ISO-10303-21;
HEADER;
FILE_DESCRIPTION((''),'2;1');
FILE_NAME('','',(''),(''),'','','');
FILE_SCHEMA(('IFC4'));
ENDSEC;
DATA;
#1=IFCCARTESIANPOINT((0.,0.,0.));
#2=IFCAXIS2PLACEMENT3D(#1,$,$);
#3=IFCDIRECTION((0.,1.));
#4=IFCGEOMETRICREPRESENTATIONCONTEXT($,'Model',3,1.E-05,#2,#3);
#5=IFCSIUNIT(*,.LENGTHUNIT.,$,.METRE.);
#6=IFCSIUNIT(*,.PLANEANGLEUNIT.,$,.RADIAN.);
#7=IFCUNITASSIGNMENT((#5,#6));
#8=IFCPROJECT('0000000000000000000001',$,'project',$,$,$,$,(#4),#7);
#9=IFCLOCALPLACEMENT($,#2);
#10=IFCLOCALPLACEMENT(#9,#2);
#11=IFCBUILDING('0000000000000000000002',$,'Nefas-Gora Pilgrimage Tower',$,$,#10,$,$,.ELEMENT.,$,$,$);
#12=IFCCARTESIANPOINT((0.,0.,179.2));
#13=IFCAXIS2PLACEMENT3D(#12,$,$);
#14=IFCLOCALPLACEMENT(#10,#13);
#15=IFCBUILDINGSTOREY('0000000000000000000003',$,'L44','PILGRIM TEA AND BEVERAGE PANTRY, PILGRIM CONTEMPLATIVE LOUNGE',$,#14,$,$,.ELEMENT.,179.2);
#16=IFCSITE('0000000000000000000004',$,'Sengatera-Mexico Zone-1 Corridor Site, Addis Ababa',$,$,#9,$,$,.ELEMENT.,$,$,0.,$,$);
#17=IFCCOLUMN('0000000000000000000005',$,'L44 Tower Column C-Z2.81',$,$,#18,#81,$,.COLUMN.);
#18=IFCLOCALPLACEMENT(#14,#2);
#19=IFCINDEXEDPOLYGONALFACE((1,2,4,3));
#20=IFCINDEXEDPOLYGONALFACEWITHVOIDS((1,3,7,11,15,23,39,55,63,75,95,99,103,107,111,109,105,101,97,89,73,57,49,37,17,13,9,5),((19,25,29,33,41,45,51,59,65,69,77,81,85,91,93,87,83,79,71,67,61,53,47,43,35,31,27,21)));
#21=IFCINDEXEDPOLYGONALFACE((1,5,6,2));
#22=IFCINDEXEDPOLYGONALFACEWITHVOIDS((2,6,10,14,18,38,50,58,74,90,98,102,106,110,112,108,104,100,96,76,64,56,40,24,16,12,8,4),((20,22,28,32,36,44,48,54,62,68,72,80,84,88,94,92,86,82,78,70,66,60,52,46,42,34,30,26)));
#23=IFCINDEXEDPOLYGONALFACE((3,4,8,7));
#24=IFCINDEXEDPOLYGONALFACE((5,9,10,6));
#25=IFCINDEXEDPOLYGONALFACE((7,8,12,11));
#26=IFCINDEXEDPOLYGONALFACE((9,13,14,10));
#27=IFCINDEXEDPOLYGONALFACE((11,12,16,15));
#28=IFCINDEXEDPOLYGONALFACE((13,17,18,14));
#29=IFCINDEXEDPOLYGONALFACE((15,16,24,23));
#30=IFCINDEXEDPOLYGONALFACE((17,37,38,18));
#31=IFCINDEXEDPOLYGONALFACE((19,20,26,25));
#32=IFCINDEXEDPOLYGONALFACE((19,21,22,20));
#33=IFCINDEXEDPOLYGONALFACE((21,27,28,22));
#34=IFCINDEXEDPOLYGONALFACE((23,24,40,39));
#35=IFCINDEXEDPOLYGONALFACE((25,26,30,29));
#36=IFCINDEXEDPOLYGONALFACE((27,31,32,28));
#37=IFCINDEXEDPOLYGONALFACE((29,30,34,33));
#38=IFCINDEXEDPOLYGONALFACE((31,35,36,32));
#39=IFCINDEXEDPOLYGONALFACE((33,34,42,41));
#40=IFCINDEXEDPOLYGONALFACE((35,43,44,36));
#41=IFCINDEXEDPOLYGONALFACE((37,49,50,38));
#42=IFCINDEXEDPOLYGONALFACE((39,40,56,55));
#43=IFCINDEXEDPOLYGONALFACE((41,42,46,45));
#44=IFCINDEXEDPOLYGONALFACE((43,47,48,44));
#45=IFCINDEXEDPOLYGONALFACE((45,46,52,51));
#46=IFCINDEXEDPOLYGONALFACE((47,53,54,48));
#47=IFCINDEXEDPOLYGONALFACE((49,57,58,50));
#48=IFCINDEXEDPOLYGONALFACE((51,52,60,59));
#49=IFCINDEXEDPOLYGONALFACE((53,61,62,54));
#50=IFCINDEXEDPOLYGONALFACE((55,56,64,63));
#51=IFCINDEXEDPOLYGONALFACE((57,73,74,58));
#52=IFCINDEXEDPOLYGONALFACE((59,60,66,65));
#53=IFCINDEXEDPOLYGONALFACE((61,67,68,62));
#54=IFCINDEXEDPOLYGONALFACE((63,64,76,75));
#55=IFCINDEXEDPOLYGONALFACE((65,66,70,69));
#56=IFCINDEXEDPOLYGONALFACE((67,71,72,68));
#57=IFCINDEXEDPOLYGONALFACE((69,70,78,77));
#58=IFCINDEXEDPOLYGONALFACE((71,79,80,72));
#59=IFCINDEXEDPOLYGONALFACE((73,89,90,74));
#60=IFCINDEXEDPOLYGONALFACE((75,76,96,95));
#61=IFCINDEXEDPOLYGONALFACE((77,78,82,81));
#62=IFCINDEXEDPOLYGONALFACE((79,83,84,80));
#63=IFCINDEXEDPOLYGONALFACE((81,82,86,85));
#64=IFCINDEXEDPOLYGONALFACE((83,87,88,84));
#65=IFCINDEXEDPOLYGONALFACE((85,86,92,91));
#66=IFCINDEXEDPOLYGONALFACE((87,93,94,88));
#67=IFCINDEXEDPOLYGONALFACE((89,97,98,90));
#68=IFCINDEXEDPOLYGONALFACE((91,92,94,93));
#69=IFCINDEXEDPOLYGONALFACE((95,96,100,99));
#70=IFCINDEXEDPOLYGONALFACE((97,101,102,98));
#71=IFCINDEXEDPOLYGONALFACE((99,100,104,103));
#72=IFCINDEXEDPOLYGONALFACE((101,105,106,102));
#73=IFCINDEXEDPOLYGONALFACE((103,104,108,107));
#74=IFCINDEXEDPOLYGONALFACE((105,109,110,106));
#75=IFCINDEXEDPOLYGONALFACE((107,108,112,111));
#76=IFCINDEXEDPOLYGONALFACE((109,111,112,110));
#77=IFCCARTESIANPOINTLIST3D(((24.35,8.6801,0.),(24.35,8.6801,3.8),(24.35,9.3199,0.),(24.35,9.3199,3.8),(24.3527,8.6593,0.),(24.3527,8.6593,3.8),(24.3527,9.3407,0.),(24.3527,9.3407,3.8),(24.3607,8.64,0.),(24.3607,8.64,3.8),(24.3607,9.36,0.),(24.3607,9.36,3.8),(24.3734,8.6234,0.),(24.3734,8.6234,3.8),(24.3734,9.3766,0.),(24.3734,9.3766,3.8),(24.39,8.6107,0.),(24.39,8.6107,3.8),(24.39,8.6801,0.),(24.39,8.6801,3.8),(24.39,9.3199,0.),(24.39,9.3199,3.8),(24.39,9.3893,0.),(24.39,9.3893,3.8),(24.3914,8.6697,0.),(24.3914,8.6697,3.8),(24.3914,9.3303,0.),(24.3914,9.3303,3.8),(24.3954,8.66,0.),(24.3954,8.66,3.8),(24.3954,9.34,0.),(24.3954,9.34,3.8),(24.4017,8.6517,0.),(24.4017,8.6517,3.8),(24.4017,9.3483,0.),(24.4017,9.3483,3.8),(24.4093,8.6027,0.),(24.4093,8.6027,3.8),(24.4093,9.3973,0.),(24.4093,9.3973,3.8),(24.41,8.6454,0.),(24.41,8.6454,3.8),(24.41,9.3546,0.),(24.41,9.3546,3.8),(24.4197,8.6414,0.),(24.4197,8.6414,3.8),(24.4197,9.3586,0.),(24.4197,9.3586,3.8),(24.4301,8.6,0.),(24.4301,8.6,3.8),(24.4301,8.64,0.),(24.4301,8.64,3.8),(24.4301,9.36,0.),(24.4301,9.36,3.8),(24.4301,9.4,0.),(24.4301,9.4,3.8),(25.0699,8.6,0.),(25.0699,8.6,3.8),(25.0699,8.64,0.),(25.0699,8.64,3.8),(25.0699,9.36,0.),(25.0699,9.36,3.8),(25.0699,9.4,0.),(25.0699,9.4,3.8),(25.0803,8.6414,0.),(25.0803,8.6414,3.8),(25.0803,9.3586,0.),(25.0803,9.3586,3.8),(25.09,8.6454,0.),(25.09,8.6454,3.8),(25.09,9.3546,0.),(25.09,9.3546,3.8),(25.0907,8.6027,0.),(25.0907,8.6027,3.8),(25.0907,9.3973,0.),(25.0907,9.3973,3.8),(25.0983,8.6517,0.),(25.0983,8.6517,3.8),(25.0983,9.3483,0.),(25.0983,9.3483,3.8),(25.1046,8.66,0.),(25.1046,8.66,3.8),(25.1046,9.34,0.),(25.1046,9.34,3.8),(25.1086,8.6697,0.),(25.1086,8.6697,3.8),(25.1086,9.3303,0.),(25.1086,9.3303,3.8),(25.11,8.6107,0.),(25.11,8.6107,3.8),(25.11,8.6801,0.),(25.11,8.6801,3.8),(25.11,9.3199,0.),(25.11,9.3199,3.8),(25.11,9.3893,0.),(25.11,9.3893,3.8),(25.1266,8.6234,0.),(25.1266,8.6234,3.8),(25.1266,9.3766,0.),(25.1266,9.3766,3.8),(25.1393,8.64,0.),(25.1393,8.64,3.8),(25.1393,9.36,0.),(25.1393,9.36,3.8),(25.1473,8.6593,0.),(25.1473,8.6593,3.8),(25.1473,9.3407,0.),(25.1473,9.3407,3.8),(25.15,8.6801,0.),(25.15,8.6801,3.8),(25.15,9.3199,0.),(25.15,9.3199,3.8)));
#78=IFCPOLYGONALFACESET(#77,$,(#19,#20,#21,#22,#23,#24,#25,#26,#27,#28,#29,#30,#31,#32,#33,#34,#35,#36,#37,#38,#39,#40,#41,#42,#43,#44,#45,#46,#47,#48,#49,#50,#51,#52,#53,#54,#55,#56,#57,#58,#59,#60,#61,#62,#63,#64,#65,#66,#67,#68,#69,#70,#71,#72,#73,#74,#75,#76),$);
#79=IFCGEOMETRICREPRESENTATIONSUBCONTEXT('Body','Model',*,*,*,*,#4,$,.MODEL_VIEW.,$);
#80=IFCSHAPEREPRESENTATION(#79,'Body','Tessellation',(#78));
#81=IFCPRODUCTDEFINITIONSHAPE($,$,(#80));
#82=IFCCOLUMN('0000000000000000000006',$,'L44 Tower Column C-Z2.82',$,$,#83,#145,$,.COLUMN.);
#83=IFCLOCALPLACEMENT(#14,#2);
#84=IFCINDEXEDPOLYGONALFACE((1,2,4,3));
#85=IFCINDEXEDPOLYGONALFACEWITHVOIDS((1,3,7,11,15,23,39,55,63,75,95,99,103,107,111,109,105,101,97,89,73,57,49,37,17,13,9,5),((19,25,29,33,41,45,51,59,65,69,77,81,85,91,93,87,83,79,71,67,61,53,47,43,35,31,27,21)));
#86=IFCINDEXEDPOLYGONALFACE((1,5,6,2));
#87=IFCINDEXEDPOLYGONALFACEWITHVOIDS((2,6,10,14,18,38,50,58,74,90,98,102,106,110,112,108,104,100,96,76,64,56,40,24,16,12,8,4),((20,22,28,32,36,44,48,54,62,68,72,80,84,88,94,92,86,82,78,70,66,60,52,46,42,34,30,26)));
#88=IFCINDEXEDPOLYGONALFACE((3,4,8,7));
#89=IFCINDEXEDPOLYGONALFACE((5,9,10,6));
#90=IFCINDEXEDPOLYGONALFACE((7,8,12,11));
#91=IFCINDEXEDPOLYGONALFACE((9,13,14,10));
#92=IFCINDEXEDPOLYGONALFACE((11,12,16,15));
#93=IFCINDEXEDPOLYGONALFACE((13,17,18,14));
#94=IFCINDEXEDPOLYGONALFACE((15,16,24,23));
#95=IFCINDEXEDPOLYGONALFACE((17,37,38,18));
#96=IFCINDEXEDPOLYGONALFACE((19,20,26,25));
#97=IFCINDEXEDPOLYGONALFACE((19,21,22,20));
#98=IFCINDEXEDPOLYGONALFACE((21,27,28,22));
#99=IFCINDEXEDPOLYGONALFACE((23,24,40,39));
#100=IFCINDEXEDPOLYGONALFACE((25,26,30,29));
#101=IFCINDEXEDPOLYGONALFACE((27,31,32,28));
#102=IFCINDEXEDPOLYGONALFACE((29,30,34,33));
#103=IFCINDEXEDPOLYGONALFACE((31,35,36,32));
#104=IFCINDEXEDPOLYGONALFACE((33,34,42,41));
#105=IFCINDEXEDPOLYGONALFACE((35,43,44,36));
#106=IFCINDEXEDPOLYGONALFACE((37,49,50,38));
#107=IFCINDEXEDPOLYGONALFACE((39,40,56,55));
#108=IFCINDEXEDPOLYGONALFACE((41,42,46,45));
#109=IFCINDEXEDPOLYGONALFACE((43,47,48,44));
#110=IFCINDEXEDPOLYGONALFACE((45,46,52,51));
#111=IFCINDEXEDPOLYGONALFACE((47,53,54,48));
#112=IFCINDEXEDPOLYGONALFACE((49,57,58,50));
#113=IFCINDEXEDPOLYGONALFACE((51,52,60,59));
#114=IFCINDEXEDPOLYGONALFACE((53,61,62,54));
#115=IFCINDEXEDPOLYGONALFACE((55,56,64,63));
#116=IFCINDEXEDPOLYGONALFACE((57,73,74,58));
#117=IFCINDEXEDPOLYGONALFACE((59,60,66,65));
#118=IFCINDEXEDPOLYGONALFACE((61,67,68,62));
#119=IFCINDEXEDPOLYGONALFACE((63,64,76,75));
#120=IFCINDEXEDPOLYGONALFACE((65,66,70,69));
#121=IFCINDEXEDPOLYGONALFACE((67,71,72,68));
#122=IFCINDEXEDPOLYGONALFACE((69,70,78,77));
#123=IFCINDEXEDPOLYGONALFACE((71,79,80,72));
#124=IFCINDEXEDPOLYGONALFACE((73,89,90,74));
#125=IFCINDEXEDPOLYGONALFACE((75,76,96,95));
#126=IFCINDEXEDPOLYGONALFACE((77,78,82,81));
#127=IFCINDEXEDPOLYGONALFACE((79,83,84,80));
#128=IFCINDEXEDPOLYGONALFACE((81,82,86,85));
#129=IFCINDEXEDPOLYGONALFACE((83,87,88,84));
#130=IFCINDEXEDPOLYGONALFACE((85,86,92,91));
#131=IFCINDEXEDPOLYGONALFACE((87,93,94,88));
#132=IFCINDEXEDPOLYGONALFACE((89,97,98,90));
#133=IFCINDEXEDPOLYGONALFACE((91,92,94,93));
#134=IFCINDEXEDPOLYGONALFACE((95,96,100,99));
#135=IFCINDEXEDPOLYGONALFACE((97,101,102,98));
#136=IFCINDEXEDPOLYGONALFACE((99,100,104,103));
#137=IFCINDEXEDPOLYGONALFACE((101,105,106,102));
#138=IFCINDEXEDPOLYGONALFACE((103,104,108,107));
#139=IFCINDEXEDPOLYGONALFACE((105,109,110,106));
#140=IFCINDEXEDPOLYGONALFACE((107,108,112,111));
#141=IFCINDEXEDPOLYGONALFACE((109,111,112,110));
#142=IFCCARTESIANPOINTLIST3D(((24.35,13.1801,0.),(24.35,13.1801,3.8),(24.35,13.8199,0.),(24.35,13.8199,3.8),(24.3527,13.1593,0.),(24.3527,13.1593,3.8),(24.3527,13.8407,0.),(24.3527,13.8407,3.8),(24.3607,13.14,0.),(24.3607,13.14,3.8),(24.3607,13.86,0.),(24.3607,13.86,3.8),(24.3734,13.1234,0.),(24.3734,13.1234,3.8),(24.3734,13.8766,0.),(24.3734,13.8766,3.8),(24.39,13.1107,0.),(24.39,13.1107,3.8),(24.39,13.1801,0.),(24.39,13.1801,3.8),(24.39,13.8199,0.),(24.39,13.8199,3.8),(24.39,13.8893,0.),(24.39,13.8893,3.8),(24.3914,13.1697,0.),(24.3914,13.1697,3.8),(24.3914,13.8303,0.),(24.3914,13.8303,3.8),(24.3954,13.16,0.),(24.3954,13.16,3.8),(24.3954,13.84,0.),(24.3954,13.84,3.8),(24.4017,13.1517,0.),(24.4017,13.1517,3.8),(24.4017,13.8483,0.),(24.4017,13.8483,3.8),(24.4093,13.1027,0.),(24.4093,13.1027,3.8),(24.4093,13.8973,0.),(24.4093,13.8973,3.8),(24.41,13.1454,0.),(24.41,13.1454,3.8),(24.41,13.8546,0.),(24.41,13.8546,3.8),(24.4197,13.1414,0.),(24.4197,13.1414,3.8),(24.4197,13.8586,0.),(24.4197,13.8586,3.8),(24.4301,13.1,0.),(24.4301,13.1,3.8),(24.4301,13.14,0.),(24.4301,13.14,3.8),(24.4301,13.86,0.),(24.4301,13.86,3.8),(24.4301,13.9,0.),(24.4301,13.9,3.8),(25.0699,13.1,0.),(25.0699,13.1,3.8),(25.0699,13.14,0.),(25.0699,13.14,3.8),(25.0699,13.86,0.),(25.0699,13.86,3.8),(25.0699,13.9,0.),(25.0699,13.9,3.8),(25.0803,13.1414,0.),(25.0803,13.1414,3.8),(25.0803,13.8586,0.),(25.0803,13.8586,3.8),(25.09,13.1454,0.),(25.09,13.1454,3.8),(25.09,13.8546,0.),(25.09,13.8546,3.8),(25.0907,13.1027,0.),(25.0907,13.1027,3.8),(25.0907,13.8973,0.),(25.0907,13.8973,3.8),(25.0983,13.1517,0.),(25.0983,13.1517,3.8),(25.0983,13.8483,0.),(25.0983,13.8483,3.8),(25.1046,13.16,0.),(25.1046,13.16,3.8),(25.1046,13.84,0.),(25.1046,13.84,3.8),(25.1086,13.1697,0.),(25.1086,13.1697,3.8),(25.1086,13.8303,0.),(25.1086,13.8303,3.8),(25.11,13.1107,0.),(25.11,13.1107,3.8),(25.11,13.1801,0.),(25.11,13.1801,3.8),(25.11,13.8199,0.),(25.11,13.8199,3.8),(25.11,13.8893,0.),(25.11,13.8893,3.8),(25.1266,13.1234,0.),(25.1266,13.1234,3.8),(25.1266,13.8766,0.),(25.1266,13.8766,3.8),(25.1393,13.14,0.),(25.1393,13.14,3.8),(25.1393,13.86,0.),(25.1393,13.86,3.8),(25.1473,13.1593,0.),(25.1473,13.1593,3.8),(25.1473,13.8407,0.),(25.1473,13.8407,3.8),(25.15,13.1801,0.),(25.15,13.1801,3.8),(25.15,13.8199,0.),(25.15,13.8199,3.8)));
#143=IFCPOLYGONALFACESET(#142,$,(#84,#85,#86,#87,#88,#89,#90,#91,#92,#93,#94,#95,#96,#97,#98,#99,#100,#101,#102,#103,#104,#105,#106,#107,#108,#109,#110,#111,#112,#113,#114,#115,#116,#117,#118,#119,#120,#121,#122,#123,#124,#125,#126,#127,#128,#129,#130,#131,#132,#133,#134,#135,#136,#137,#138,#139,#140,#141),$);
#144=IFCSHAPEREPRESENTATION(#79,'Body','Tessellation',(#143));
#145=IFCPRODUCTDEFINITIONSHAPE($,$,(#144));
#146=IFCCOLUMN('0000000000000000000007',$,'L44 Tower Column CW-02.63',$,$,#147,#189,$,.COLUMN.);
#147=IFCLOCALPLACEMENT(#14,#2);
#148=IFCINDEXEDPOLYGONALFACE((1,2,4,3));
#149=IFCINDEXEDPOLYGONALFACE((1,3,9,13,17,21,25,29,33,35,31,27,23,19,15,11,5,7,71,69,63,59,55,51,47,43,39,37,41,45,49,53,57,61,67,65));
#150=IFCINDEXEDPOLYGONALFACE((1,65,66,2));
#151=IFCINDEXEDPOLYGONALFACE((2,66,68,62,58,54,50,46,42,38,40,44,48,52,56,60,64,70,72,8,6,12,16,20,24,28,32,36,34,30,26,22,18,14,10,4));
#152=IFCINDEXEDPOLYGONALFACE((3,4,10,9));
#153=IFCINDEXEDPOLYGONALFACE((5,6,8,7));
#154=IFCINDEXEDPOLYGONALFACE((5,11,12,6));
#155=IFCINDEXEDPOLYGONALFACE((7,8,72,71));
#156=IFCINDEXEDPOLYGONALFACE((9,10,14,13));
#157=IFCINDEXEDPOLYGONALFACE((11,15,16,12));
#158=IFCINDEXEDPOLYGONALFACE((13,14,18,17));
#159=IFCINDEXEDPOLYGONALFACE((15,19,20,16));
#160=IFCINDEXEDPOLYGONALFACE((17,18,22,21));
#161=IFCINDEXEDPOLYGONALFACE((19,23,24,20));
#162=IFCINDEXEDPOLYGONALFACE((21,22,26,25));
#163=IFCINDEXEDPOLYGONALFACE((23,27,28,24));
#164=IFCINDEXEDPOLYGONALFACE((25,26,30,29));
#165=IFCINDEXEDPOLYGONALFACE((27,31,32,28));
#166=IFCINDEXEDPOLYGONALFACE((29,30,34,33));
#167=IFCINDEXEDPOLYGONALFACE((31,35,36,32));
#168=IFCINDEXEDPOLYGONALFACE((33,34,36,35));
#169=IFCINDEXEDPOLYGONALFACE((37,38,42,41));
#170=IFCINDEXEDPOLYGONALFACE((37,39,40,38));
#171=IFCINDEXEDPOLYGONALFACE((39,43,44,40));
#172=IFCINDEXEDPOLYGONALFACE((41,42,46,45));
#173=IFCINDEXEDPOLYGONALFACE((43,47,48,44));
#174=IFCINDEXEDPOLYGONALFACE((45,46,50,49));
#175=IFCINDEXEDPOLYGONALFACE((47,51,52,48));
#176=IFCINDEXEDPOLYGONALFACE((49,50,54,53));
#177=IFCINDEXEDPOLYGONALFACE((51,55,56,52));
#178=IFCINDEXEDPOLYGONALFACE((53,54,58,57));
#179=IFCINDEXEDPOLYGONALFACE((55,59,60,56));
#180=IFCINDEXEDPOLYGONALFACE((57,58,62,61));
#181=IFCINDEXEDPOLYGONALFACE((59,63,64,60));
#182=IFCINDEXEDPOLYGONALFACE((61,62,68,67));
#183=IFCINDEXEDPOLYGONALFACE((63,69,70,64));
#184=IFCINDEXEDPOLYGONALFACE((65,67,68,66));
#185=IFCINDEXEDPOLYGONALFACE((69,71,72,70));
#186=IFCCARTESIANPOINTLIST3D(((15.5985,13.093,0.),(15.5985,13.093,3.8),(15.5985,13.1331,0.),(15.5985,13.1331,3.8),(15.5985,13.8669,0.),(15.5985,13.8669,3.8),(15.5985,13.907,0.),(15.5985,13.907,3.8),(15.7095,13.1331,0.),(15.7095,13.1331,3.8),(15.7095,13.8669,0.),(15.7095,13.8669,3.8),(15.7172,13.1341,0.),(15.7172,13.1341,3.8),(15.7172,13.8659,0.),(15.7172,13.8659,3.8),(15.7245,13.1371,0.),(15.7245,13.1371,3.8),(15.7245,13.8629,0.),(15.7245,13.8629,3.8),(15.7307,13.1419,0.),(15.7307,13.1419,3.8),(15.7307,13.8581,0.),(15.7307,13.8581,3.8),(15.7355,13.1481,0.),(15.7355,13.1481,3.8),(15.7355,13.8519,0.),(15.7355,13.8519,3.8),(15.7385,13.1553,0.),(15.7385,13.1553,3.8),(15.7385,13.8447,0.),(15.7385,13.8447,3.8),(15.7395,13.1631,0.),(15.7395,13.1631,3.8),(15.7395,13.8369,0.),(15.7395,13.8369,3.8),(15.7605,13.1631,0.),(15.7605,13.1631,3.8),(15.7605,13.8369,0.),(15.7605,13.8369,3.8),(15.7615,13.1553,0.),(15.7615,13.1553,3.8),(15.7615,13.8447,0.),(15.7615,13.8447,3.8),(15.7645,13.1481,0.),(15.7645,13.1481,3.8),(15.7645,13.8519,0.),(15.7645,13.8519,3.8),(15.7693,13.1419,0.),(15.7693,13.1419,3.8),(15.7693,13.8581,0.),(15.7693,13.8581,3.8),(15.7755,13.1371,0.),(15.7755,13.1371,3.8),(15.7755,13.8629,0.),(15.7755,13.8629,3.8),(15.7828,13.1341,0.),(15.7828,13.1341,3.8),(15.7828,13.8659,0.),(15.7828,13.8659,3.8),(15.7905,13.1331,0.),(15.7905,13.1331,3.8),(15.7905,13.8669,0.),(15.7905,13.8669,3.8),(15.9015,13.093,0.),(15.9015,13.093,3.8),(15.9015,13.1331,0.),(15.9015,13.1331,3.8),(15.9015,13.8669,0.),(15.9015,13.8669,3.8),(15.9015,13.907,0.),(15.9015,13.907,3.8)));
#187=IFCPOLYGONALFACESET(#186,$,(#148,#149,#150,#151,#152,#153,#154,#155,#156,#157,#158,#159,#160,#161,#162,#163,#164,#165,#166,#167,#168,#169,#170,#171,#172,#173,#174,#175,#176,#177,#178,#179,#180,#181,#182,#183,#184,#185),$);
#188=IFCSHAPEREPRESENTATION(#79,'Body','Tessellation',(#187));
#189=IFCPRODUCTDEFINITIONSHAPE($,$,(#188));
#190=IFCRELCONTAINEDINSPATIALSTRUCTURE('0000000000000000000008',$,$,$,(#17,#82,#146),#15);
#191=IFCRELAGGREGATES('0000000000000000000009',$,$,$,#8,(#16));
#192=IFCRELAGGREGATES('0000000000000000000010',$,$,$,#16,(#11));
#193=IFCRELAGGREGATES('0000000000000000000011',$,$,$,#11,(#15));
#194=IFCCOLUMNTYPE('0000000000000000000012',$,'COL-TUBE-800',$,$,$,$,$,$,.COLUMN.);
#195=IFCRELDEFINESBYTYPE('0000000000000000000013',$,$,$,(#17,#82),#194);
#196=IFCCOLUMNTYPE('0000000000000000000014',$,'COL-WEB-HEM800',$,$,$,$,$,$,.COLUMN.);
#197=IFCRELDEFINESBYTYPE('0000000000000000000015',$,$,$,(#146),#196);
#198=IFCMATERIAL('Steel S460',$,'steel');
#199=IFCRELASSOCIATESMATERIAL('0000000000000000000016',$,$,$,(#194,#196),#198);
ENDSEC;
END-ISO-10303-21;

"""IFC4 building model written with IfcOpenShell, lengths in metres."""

from ifc_helpers import new_model, si_unit, direction, frame, origin, origin_2d, place, context, subcontext, project, spatial, hollow_rectangle, i_section, extrude, source, transform, mapped, material, material_profile, profile_set, type_object, element, save


model = new_model("IFC4")

# Units and contexts
model_context = context("Model", 3, precision=1e-05, world=origin(), true_north=direction((0.0, 1.0)))
body_context = subcontext(model_context, "Body", "Model", "MODEL_VIEW")
ifc_project = project(units=[si_unit("LENGTHUNIT", "METRE"), si_unit("PLANEANGLEUNIT", "RADIAN")], contexts=[model_context])

# Site, building, storey
site_placement = place(None, origin())
site = spatial("IfcSite", under=ifc_project, at=site_placement, Name="Sengatera-Mexico Zone-1 Corridor Site, Addis Ababa", CompositionType="ELEMENT", RefElevation=0.0)
building_placement = place(site_placement, origin())
building = spatial("IfcBuilding", under=site, at=building_placement, Name="Nefas-Gora Pilgrimage Tower", CompositionType="ELEMENT")
storey_placement = place(building_placement, frame((0.0, 0.0, 179.2)))
storey = spatial("IfcBuildingStorey", under=building, at=storey_placement, Name="L44", Description="PILGRIM TEA AND BEVERAGE PANTRY, PILGRIM CONTEMPLATIVE LOUNGE", CompositionType="ELEMENT", Elevation=179.2)

# Columns
ifc_material_1 = material(Name="Steel S460", Category="steel")
ifc_material_profile_1 = material_profile(ifc_material_1, hollow_rectangle(XDim=0.8, YDim=0.8, WallThickness=0.04, InnerFilletRadius=0.04, OuterFilletRadius=0.0801, at=origin_2d()), Name="BOX 800x800x40")
ifc_profile_set_1 = profile_set([ifc_material_profile_1], Name="Steel S460")
column_type_1 = type_object("IfcColumnType", Name="COL-TUBE-800", PredefinedType="COLUMN", material=ifc_profile_set_1)
shared_shape_1 = source(origin(), body_context, "Body", "SweptSolid", [
    extrude(hollow_rectangle(XDim=0.8, YDim=0.8, WallThickness=0.04, InnerFilletRadius=0.04, OuterFilletRadius=0.0801, at=origin_2d()), origin(), (0.0, 0.0, 1.0), 3.8),
])
for number, where, z_axis, x_axis, name in (
    (1, (24.75, 9.0, 0.0), (0.0, 0.0, 1.0), (1.0, 0.0, 0.0), "L44 Tower Column C-Z2.81"),
    (2, (24.75, 13.5, 0.0), (0.0, 0.0, 1.0), (1.0, 0.0, 0.0), "L44 Tower Column C-Z2.82"),
):
    element("IfcColumn", number, at=place(storey_placement, frame(where, z_axis=z_axis, x_axis=x_axis)), inside=storey, type_object=column_type_1, Name=name, PredefinedType="COLUMN", context=body_context, shape_type="MappedRepresentation", body=[
        mapped(shared_shape_1, transform((0.0, 0.0, 0.0), x_axis=(1.0, 0.0, 0.0), y_axis=(0.0, 1.0, 0.0), z_axis=(0.0, 0.0, 1.0), scale=1.0)),
    ])
ifc_material_profile_2 = material_profile(ifc_material_1, i_section(OverallWidth=0.303, OverallDepth=0.814, WebThickness=0.021, FlangeThickness=0.04, FilletRadius=0.03, at=origin_2d()), Name="HEM 800")
ifc_profile_set_2 = profile_set([ifc_material_profile_2], Name="Steel S460")
column_type_2 = type_object("IfcColumnType", Name="COL-WEB-HEM800", PredefinedType="COLUMN", material=ifc_profile_set_2)
shared_shape_2 = source(origin(), body_context, "Body", "SweptSolid", [
    extrude(i_section(OverallWidth=0.303, OverallDepth=0.814, WebThickness=0.021, FlangeThickness=0.04, FilletRadius=0.03, at=origin_2d()), origin(), (0.0, 0.0, 1.0), 3.8),
])
for number, where, z_axis, x_axis, name in (
    (3, (15.75, 13.5, 0.0), (0.0, 0.0, 1.0), (1.0, 0.0, 0.0), "L44 Tower Column CW-02.63"),
):
    element("IfcColumn", number, at=place(storey_placement, frame(where, z_axis=z_axis, x_axis=x_axis)), inside=storey, type_object=column_type_2, Name=name, PredefinedType="COLUMN", context=body_context, shape_type="MappedRepresentation", body=[
        mapped(shared_shape_2, transform((0.0, 0.0, 0.0), x_axis=(1.0, 0.0, 0.0), y_axis=(0.0, 1.0, 0.0), z_axis=(0.0, 0.0, 1.0), scale=1.0)),
    ])

save(model, "model.ifc")
